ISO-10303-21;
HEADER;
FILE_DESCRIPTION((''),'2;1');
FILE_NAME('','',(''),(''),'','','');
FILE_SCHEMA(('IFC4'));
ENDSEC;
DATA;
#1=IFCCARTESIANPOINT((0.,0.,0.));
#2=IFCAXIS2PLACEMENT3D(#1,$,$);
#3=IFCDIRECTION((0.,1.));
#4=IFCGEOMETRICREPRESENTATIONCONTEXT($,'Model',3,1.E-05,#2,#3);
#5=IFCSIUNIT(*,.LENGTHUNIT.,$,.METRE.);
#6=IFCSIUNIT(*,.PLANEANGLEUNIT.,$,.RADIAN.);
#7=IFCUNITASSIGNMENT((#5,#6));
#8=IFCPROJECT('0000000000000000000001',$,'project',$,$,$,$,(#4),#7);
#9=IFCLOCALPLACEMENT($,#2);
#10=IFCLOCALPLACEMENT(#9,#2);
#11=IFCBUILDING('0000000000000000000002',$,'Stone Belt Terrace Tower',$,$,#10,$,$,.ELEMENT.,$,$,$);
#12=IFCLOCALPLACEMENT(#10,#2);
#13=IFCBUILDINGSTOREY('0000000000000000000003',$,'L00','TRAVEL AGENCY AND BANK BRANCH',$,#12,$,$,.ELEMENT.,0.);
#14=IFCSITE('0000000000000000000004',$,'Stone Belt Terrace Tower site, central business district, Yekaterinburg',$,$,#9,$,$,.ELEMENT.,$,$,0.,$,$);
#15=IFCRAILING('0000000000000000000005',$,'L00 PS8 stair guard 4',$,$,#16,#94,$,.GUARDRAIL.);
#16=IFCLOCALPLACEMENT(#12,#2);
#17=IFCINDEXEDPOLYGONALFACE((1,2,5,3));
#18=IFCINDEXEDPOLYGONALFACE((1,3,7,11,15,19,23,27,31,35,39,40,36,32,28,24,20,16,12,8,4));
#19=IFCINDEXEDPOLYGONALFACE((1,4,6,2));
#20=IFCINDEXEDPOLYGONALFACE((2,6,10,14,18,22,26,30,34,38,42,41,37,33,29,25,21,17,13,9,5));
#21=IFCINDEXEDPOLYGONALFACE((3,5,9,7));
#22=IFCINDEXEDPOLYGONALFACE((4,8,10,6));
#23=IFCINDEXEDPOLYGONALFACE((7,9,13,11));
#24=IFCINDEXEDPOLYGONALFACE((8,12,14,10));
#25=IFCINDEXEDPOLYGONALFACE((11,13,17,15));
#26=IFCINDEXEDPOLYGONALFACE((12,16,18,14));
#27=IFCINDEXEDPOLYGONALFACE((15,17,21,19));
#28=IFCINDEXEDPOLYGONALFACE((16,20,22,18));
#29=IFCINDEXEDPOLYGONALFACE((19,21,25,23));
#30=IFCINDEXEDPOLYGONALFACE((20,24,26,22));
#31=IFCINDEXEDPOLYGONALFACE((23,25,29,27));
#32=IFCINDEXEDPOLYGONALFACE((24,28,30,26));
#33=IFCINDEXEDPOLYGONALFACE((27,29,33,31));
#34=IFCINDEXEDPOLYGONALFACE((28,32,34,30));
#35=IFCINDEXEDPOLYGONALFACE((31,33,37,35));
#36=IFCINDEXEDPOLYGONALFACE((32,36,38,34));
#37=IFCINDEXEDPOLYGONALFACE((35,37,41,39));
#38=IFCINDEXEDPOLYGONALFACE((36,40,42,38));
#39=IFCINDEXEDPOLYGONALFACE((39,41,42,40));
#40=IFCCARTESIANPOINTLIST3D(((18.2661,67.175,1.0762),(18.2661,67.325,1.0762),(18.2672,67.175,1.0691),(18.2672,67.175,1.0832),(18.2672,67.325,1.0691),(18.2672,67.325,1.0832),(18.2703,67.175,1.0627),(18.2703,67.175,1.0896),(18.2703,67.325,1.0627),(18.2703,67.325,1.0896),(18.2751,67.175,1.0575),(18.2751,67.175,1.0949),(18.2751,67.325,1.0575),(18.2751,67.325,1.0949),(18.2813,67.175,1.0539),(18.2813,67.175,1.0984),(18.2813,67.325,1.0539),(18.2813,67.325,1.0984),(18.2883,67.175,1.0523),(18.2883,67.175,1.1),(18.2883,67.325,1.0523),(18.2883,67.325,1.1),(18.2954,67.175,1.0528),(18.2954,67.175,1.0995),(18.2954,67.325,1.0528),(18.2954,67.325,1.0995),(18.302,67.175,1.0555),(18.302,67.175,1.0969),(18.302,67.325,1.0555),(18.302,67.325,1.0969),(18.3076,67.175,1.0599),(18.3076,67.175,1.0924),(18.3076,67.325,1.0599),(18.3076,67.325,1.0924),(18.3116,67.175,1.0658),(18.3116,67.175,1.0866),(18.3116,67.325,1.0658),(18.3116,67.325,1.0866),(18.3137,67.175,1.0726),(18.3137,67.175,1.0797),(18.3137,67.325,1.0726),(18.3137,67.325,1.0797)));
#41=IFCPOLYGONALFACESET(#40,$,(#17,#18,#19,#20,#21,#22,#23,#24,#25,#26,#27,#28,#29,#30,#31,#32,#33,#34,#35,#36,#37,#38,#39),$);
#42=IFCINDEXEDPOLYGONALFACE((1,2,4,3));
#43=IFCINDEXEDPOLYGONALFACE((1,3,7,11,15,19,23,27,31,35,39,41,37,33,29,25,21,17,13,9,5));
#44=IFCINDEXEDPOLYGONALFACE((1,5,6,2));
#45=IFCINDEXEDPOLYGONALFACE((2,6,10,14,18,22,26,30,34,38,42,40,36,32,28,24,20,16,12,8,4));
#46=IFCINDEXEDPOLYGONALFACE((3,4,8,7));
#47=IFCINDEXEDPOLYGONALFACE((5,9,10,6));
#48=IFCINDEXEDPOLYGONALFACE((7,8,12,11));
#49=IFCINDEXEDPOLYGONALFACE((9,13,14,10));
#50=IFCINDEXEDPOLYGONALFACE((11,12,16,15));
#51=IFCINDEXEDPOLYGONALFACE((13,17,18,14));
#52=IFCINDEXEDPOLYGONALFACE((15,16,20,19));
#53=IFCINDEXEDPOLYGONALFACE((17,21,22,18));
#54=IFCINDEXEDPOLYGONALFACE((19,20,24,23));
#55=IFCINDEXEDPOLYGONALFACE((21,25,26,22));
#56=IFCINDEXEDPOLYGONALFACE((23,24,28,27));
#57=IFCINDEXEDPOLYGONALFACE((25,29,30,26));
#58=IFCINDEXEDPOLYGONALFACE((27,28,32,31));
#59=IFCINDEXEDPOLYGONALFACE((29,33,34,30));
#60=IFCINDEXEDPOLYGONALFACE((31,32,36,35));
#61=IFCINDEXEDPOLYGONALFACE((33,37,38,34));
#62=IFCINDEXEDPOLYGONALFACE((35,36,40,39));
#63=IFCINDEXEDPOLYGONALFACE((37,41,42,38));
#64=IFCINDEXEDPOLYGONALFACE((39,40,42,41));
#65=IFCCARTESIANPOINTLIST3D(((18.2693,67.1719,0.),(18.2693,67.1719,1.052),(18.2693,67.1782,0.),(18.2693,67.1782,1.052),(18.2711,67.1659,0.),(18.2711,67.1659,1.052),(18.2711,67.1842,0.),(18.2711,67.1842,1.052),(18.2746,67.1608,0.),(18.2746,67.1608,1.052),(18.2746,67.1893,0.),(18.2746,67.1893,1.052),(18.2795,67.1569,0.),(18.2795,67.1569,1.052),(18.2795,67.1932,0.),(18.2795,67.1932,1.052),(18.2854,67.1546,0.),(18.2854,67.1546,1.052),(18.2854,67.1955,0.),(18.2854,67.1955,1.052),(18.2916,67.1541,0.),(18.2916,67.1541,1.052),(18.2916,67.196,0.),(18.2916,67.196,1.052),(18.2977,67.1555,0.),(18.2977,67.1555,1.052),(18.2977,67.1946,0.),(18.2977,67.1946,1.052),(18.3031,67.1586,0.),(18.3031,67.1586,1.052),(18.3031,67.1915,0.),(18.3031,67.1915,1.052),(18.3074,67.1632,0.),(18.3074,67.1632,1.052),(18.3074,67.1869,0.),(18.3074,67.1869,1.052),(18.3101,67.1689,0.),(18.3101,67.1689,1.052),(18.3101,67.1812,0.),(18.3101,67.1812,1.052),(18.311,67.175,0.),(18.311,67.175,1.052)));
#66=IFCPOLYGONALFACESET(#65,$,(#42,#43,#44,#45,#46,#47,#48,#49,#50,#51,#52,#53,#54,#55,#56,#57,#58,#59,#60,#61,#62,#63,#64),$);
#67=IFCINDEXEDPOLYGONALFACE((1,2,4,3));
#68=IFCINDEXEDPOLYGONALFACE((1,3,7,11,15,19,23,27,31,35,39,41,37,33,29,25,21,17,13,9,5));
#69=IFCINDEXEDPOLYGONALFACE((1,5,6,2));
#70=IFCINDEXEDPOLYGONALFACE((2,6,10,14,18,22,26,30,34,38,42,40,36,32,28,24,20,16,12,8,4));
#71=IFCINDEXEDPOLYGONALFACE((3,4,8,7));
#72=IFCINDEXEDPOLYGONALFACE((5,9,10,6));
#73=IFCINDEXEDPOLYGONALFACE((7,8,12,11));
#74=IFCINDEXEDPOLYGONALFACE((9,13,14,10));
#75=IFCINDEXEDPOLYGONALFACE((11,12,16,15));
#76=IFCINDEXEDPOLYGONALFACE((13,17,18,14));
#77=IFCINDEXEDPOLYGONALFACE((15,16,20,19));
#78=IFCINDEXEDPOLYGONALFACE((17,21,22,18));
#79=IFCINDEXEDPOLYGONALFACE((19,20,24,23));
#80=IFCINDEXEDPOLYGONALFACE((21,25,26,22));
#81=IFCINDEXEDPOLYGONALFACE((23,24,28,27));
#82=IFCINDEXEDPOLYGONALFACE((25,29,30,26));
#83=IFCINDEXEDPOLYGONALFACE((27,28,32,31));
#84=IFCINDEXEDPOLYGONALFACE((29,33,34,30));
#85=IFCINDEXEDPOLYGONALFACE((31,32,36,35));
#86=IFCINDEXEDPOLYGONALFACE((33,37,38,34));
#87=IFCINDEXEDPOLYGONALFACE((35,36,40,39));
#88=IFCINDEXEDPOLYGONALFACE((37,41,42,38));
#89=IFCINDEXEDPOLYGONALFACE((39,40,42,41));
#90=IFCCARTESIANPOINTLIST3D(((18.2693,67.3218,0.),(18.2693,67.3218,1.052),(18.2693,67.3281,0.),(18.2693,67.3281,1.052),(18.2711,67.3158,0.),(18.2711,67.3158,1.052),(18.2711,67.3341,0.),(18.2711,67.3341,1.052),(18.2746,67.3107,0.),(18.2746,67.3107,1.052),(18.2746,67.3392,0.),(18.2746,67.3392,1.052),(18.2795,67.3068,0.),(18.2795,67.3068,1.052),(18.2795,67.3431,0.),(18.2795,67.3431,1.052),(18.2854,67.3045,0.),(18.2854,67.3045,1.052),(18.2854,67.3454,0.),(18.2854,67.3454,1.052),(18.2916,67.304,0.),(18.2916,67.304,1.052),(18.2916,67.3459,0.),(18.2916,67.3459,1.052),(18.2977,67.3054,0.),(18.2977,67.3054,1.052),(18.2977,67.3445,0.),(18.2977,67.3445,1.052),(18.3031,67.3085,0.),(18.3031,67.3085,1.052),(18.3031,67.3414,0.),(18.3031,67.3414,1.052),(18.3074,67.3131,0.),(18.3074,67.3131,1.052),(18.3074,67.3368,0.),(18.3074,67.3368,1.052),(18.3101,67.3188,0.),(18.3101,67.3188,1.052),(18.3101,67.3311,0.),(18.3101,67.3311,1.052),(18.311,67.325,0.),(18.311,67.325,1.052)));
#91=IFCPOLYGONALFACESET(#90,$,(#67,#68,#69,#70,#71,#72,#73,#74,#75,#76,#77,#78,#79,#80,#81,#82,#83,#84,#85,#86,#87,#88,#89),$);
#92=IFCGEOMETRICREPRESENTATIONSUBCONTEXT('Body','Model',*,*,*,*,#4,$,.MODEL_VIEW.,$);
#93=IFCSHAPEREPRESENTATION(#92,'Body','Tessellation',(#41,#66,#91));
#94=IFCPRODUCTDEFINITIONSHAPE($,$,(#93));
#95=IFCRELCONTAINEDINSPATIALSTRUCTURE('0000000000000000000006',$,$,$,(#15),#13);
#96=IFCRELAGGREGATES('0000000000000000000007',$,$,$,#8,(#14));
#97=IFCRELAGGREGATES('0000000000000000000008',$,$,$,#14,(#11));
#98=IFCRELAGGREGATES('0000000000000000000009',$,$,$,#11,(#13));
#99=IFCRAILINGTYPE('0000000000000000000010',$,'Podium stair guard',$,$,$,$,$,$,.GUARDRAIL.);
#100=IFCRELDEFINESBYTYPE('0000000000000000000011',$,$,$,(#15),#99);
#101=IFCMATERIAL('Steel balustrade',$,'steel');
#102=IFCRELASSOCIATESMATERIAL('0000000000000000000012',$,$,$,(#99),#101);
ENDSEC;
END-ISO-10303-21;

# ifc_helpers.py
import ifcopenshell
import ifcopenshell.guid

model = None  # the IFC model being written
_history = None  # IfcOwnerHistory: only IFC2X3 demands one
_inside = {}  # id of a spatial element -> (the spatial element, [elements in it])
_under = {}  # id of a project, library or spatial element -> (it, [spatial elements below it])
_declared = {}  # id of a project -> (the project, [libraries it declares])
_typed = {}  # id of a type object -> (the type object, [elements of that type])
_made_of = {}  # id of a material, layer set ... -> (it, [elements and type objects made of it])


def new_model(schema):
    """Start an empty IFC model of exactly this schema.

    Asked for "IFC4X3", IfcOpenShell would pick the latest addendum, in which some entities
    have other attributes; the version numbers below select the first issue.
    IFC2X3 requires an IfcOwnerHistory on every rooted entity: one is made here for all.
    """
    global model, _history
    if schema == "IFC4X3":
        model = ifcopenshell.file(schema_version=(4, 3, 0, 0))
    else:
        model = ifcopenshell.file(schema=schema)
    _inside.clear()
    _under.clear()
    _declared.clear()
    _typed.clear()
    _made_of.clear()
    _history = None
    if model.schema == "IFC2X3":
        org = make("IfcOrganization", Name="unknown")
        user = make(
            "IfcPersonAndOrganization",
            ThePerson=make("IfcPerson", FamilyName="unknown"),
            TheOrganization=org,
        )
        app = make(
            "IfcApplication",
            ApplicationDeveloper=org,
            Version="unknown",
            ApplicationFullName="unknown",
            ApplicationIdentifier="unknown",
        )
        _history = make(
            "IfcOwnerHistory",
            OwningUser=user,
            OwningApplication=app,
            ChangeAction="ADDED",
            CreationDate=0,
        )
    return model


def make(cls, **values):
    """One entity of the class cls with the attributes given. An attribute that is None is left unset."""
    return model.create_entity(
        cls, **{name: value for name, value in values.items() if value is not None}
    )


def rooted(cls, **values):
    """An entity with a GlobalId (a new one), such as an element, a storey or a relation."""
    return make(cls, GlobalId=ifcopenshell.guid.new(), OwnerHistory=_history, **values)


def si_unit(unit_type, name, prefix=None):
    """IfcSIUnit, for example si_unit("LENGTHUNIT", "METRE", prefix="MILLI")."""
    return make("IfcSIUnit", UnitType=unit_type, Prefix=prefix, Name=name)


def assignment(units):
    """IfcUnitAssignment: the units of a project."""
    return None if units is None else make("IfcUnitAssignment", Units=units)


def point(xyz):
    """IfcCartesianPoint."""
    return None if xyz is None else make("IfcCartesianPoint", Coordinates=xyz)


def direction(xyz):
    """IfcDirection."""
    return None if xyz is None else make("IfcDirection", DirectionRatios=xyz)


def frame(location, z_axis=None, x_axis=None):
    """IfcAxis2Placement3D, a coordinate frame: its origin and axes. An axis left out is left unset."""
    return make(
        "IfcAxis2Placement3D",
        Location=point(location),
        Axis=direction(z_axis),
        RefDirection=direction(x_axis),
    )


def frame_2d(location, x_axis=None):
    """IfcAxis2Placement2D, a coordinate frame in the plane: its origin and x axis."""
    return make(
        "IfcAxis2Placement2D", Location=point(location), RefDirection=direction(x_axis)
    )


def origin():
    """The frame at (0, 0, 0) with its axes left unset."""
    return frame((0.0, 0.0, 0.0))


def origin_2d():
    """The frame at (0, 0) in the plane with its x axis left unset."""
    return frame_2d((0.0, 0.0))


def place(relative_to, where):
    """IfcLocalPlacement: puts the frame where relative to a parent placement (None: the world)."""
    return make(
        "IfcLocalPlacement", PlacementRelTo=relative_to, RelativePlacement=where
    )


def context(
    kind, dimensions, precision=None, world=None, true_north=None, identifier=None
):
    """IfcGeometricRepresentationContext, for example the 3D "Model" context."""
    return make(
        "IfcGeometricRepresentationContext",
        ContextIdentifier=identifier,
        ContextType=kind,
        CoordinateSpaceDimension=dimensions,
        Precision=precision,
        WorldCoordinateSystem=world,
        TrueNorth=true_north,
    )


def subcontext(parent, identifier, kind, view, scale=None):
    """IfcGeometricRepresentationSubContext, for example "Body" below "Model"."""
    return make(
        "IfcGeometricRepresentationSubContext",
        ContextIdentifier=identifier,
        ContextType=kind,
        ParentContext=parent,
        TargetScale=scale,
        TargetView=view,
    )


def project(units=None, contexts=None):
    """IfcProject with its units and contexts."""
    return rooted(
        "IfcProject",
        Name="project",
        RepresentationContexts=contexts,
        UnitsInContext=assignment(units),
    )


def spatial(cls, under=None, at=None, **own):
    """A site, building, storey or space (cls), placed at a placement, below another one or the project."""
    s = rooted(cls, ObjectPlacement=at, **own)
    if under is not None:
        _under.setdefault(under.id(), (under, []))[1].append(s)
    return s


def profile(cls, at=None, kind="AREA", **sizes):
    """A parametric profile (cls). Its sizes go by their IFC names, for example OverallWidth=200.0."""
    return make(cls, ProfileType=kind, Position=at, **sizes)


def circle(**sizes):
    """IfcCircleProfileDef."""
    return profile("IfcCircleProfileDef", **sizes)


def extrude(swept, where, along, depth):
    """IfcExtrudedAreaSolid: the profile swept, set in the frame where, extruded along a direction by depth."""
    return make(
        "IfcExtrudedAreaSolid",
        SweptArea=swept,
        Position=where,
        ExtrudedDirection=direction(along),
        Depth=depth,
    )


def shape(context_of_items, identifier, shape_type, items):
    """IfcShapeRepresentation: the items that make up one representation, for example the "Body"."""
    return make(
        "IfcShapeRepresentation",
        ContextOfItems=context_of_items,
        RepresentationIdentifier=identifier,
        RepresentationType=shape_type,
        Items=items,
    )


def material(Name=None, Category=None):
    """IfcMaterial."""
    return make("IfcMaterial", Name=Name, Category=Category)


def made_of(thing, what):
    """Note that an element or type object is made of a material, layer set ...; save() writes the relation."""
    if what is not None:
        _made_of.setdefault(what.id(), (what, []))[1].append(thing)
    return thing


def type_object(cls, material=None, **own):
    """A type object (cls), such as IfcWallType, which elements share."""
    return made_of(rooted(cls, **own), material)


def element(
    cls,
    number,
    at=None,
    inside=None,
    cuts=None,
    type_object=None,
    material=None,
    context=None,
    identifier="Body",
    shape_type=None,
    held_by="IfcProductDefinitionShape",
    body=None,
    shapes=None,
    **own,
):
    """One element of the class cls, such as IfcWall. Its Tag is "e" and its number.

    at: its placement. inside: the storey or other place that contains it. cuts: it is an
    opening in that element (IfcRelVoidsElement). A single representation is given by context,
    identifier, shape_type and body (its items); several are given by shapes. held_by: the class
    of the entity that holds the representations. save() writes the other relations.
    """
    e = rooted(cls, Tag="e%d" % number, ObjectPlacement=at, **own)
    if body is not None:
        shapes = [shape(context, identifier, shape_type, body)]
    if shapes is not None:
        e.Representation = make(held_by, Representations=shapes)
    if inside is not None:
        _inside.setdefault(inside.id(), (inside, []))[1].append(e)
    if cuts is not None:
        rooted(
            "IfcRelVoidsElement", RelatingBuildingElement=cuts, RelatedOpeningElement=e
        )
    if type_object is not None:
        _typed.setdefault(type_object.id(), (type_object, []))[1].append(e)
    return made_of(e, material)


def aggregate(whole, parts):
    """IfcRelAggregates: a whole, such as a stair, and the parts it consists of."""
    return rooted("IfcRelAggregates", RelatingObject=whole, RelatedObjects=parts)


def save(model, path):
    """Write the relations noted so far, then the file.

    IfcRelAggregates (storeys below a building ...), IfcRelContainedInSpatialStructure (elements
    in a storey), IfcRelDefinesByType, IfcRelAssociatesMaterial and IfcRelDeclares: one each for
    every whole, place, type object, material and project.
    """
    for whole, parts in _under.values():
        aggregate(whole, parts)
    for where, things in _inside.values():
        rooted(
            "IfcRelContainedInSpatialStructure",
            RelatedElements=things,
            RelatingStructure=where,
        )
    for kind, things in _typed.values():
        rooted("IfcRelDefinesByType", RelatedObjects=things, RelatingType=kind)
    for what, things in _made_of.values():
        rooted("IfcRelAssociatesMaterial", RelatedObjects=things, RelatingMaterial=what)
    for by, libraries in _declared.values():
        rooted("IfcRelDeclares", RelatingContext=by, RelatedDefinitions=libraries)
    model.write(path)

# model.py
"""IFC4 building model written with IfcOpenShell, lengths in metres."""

from ifc_helpers import new_model, si_unit, direction, frame, origin, origin_2d, place, context, subcontext, project, spatial, circle, extrude, material, type_object, element, save


model = new_model("IFC4")

# Units and contexts
model_context = context("Model", 3, precision=1e-05, world=origin(), true_north=direction((0.0, 1.0)))
body_context = subcontext(model_context, "Body", "Model", "MODEL_VIEW")
ifc_project = project(units=[si_unit("LENGTHUNIT", "METRE"), si_unit("PLANEANGLEUNIT", "RADIAN")], contexts=[model_context])

# Site, building, storey
site_placement = place(None, origin())
site = spatial("IfcSite", under=ifc_project, at=site_placement, Name="Stone Belt Terrace Tower site, central business district, Yekaterinburg", CompositionType="ELEMENT", RefElevation=0.0)
building_placement = place(site_placement, origin())
building = spatial("IfcBuilding", under=site, at=building_placement, Name="Stone Belt Terrace Tower", CompositionType="ELEMENT")
storey_placement = place(building_placement, origin())
storey = spatial("IfcBuildingStorey", under=building, at=storey_placement, Name="L00", Description="TRAVEL AGENCY AND BANK BRANCH", CompositionType="ELEMENT", Elevation=0.0)

# Railing
ifc_material_1 = material(Name="Steel balustrade", Category="steel")
railing_type_1 = type_object("IfcRailingType", Name="Podium stair guard", PredefinedType="GUARDRAIL", material=ifc_material_1)
railing_1_placement = place(storey_placement, frame((18.29, 67.175, 0.0)))
element("IfcRailing", 1, at=railing_1_placement, inside=storey, type_object=railing_type_1, Name="L00 PS8 stair guard 4", PredefinedType="GUARDRAIL", context=body_context, shape_type="SweptSolid", body=[
    extrude(circle(Radius=0.0239, at=origin_2d()), frame((0.0, 0.0, 1.0762), z_axis=(0.0, 1.0, 0.0), x_axis=(-1.0, 0.0, 0.0)), (0.0, 0.0, 1.0), 0.1499),
    extrude(circle(Radius=0.021, at=origin_2d()), origin(), (0.0, 0.0, 1.0), 1.052),
    extrude(circle(Radius=0.021, at=origin_2d()), frame((0.0, 0.1499, 0.0)), (0.0, 0.0, 1.0), 1.052),
])

save(model, "model.ifc")
